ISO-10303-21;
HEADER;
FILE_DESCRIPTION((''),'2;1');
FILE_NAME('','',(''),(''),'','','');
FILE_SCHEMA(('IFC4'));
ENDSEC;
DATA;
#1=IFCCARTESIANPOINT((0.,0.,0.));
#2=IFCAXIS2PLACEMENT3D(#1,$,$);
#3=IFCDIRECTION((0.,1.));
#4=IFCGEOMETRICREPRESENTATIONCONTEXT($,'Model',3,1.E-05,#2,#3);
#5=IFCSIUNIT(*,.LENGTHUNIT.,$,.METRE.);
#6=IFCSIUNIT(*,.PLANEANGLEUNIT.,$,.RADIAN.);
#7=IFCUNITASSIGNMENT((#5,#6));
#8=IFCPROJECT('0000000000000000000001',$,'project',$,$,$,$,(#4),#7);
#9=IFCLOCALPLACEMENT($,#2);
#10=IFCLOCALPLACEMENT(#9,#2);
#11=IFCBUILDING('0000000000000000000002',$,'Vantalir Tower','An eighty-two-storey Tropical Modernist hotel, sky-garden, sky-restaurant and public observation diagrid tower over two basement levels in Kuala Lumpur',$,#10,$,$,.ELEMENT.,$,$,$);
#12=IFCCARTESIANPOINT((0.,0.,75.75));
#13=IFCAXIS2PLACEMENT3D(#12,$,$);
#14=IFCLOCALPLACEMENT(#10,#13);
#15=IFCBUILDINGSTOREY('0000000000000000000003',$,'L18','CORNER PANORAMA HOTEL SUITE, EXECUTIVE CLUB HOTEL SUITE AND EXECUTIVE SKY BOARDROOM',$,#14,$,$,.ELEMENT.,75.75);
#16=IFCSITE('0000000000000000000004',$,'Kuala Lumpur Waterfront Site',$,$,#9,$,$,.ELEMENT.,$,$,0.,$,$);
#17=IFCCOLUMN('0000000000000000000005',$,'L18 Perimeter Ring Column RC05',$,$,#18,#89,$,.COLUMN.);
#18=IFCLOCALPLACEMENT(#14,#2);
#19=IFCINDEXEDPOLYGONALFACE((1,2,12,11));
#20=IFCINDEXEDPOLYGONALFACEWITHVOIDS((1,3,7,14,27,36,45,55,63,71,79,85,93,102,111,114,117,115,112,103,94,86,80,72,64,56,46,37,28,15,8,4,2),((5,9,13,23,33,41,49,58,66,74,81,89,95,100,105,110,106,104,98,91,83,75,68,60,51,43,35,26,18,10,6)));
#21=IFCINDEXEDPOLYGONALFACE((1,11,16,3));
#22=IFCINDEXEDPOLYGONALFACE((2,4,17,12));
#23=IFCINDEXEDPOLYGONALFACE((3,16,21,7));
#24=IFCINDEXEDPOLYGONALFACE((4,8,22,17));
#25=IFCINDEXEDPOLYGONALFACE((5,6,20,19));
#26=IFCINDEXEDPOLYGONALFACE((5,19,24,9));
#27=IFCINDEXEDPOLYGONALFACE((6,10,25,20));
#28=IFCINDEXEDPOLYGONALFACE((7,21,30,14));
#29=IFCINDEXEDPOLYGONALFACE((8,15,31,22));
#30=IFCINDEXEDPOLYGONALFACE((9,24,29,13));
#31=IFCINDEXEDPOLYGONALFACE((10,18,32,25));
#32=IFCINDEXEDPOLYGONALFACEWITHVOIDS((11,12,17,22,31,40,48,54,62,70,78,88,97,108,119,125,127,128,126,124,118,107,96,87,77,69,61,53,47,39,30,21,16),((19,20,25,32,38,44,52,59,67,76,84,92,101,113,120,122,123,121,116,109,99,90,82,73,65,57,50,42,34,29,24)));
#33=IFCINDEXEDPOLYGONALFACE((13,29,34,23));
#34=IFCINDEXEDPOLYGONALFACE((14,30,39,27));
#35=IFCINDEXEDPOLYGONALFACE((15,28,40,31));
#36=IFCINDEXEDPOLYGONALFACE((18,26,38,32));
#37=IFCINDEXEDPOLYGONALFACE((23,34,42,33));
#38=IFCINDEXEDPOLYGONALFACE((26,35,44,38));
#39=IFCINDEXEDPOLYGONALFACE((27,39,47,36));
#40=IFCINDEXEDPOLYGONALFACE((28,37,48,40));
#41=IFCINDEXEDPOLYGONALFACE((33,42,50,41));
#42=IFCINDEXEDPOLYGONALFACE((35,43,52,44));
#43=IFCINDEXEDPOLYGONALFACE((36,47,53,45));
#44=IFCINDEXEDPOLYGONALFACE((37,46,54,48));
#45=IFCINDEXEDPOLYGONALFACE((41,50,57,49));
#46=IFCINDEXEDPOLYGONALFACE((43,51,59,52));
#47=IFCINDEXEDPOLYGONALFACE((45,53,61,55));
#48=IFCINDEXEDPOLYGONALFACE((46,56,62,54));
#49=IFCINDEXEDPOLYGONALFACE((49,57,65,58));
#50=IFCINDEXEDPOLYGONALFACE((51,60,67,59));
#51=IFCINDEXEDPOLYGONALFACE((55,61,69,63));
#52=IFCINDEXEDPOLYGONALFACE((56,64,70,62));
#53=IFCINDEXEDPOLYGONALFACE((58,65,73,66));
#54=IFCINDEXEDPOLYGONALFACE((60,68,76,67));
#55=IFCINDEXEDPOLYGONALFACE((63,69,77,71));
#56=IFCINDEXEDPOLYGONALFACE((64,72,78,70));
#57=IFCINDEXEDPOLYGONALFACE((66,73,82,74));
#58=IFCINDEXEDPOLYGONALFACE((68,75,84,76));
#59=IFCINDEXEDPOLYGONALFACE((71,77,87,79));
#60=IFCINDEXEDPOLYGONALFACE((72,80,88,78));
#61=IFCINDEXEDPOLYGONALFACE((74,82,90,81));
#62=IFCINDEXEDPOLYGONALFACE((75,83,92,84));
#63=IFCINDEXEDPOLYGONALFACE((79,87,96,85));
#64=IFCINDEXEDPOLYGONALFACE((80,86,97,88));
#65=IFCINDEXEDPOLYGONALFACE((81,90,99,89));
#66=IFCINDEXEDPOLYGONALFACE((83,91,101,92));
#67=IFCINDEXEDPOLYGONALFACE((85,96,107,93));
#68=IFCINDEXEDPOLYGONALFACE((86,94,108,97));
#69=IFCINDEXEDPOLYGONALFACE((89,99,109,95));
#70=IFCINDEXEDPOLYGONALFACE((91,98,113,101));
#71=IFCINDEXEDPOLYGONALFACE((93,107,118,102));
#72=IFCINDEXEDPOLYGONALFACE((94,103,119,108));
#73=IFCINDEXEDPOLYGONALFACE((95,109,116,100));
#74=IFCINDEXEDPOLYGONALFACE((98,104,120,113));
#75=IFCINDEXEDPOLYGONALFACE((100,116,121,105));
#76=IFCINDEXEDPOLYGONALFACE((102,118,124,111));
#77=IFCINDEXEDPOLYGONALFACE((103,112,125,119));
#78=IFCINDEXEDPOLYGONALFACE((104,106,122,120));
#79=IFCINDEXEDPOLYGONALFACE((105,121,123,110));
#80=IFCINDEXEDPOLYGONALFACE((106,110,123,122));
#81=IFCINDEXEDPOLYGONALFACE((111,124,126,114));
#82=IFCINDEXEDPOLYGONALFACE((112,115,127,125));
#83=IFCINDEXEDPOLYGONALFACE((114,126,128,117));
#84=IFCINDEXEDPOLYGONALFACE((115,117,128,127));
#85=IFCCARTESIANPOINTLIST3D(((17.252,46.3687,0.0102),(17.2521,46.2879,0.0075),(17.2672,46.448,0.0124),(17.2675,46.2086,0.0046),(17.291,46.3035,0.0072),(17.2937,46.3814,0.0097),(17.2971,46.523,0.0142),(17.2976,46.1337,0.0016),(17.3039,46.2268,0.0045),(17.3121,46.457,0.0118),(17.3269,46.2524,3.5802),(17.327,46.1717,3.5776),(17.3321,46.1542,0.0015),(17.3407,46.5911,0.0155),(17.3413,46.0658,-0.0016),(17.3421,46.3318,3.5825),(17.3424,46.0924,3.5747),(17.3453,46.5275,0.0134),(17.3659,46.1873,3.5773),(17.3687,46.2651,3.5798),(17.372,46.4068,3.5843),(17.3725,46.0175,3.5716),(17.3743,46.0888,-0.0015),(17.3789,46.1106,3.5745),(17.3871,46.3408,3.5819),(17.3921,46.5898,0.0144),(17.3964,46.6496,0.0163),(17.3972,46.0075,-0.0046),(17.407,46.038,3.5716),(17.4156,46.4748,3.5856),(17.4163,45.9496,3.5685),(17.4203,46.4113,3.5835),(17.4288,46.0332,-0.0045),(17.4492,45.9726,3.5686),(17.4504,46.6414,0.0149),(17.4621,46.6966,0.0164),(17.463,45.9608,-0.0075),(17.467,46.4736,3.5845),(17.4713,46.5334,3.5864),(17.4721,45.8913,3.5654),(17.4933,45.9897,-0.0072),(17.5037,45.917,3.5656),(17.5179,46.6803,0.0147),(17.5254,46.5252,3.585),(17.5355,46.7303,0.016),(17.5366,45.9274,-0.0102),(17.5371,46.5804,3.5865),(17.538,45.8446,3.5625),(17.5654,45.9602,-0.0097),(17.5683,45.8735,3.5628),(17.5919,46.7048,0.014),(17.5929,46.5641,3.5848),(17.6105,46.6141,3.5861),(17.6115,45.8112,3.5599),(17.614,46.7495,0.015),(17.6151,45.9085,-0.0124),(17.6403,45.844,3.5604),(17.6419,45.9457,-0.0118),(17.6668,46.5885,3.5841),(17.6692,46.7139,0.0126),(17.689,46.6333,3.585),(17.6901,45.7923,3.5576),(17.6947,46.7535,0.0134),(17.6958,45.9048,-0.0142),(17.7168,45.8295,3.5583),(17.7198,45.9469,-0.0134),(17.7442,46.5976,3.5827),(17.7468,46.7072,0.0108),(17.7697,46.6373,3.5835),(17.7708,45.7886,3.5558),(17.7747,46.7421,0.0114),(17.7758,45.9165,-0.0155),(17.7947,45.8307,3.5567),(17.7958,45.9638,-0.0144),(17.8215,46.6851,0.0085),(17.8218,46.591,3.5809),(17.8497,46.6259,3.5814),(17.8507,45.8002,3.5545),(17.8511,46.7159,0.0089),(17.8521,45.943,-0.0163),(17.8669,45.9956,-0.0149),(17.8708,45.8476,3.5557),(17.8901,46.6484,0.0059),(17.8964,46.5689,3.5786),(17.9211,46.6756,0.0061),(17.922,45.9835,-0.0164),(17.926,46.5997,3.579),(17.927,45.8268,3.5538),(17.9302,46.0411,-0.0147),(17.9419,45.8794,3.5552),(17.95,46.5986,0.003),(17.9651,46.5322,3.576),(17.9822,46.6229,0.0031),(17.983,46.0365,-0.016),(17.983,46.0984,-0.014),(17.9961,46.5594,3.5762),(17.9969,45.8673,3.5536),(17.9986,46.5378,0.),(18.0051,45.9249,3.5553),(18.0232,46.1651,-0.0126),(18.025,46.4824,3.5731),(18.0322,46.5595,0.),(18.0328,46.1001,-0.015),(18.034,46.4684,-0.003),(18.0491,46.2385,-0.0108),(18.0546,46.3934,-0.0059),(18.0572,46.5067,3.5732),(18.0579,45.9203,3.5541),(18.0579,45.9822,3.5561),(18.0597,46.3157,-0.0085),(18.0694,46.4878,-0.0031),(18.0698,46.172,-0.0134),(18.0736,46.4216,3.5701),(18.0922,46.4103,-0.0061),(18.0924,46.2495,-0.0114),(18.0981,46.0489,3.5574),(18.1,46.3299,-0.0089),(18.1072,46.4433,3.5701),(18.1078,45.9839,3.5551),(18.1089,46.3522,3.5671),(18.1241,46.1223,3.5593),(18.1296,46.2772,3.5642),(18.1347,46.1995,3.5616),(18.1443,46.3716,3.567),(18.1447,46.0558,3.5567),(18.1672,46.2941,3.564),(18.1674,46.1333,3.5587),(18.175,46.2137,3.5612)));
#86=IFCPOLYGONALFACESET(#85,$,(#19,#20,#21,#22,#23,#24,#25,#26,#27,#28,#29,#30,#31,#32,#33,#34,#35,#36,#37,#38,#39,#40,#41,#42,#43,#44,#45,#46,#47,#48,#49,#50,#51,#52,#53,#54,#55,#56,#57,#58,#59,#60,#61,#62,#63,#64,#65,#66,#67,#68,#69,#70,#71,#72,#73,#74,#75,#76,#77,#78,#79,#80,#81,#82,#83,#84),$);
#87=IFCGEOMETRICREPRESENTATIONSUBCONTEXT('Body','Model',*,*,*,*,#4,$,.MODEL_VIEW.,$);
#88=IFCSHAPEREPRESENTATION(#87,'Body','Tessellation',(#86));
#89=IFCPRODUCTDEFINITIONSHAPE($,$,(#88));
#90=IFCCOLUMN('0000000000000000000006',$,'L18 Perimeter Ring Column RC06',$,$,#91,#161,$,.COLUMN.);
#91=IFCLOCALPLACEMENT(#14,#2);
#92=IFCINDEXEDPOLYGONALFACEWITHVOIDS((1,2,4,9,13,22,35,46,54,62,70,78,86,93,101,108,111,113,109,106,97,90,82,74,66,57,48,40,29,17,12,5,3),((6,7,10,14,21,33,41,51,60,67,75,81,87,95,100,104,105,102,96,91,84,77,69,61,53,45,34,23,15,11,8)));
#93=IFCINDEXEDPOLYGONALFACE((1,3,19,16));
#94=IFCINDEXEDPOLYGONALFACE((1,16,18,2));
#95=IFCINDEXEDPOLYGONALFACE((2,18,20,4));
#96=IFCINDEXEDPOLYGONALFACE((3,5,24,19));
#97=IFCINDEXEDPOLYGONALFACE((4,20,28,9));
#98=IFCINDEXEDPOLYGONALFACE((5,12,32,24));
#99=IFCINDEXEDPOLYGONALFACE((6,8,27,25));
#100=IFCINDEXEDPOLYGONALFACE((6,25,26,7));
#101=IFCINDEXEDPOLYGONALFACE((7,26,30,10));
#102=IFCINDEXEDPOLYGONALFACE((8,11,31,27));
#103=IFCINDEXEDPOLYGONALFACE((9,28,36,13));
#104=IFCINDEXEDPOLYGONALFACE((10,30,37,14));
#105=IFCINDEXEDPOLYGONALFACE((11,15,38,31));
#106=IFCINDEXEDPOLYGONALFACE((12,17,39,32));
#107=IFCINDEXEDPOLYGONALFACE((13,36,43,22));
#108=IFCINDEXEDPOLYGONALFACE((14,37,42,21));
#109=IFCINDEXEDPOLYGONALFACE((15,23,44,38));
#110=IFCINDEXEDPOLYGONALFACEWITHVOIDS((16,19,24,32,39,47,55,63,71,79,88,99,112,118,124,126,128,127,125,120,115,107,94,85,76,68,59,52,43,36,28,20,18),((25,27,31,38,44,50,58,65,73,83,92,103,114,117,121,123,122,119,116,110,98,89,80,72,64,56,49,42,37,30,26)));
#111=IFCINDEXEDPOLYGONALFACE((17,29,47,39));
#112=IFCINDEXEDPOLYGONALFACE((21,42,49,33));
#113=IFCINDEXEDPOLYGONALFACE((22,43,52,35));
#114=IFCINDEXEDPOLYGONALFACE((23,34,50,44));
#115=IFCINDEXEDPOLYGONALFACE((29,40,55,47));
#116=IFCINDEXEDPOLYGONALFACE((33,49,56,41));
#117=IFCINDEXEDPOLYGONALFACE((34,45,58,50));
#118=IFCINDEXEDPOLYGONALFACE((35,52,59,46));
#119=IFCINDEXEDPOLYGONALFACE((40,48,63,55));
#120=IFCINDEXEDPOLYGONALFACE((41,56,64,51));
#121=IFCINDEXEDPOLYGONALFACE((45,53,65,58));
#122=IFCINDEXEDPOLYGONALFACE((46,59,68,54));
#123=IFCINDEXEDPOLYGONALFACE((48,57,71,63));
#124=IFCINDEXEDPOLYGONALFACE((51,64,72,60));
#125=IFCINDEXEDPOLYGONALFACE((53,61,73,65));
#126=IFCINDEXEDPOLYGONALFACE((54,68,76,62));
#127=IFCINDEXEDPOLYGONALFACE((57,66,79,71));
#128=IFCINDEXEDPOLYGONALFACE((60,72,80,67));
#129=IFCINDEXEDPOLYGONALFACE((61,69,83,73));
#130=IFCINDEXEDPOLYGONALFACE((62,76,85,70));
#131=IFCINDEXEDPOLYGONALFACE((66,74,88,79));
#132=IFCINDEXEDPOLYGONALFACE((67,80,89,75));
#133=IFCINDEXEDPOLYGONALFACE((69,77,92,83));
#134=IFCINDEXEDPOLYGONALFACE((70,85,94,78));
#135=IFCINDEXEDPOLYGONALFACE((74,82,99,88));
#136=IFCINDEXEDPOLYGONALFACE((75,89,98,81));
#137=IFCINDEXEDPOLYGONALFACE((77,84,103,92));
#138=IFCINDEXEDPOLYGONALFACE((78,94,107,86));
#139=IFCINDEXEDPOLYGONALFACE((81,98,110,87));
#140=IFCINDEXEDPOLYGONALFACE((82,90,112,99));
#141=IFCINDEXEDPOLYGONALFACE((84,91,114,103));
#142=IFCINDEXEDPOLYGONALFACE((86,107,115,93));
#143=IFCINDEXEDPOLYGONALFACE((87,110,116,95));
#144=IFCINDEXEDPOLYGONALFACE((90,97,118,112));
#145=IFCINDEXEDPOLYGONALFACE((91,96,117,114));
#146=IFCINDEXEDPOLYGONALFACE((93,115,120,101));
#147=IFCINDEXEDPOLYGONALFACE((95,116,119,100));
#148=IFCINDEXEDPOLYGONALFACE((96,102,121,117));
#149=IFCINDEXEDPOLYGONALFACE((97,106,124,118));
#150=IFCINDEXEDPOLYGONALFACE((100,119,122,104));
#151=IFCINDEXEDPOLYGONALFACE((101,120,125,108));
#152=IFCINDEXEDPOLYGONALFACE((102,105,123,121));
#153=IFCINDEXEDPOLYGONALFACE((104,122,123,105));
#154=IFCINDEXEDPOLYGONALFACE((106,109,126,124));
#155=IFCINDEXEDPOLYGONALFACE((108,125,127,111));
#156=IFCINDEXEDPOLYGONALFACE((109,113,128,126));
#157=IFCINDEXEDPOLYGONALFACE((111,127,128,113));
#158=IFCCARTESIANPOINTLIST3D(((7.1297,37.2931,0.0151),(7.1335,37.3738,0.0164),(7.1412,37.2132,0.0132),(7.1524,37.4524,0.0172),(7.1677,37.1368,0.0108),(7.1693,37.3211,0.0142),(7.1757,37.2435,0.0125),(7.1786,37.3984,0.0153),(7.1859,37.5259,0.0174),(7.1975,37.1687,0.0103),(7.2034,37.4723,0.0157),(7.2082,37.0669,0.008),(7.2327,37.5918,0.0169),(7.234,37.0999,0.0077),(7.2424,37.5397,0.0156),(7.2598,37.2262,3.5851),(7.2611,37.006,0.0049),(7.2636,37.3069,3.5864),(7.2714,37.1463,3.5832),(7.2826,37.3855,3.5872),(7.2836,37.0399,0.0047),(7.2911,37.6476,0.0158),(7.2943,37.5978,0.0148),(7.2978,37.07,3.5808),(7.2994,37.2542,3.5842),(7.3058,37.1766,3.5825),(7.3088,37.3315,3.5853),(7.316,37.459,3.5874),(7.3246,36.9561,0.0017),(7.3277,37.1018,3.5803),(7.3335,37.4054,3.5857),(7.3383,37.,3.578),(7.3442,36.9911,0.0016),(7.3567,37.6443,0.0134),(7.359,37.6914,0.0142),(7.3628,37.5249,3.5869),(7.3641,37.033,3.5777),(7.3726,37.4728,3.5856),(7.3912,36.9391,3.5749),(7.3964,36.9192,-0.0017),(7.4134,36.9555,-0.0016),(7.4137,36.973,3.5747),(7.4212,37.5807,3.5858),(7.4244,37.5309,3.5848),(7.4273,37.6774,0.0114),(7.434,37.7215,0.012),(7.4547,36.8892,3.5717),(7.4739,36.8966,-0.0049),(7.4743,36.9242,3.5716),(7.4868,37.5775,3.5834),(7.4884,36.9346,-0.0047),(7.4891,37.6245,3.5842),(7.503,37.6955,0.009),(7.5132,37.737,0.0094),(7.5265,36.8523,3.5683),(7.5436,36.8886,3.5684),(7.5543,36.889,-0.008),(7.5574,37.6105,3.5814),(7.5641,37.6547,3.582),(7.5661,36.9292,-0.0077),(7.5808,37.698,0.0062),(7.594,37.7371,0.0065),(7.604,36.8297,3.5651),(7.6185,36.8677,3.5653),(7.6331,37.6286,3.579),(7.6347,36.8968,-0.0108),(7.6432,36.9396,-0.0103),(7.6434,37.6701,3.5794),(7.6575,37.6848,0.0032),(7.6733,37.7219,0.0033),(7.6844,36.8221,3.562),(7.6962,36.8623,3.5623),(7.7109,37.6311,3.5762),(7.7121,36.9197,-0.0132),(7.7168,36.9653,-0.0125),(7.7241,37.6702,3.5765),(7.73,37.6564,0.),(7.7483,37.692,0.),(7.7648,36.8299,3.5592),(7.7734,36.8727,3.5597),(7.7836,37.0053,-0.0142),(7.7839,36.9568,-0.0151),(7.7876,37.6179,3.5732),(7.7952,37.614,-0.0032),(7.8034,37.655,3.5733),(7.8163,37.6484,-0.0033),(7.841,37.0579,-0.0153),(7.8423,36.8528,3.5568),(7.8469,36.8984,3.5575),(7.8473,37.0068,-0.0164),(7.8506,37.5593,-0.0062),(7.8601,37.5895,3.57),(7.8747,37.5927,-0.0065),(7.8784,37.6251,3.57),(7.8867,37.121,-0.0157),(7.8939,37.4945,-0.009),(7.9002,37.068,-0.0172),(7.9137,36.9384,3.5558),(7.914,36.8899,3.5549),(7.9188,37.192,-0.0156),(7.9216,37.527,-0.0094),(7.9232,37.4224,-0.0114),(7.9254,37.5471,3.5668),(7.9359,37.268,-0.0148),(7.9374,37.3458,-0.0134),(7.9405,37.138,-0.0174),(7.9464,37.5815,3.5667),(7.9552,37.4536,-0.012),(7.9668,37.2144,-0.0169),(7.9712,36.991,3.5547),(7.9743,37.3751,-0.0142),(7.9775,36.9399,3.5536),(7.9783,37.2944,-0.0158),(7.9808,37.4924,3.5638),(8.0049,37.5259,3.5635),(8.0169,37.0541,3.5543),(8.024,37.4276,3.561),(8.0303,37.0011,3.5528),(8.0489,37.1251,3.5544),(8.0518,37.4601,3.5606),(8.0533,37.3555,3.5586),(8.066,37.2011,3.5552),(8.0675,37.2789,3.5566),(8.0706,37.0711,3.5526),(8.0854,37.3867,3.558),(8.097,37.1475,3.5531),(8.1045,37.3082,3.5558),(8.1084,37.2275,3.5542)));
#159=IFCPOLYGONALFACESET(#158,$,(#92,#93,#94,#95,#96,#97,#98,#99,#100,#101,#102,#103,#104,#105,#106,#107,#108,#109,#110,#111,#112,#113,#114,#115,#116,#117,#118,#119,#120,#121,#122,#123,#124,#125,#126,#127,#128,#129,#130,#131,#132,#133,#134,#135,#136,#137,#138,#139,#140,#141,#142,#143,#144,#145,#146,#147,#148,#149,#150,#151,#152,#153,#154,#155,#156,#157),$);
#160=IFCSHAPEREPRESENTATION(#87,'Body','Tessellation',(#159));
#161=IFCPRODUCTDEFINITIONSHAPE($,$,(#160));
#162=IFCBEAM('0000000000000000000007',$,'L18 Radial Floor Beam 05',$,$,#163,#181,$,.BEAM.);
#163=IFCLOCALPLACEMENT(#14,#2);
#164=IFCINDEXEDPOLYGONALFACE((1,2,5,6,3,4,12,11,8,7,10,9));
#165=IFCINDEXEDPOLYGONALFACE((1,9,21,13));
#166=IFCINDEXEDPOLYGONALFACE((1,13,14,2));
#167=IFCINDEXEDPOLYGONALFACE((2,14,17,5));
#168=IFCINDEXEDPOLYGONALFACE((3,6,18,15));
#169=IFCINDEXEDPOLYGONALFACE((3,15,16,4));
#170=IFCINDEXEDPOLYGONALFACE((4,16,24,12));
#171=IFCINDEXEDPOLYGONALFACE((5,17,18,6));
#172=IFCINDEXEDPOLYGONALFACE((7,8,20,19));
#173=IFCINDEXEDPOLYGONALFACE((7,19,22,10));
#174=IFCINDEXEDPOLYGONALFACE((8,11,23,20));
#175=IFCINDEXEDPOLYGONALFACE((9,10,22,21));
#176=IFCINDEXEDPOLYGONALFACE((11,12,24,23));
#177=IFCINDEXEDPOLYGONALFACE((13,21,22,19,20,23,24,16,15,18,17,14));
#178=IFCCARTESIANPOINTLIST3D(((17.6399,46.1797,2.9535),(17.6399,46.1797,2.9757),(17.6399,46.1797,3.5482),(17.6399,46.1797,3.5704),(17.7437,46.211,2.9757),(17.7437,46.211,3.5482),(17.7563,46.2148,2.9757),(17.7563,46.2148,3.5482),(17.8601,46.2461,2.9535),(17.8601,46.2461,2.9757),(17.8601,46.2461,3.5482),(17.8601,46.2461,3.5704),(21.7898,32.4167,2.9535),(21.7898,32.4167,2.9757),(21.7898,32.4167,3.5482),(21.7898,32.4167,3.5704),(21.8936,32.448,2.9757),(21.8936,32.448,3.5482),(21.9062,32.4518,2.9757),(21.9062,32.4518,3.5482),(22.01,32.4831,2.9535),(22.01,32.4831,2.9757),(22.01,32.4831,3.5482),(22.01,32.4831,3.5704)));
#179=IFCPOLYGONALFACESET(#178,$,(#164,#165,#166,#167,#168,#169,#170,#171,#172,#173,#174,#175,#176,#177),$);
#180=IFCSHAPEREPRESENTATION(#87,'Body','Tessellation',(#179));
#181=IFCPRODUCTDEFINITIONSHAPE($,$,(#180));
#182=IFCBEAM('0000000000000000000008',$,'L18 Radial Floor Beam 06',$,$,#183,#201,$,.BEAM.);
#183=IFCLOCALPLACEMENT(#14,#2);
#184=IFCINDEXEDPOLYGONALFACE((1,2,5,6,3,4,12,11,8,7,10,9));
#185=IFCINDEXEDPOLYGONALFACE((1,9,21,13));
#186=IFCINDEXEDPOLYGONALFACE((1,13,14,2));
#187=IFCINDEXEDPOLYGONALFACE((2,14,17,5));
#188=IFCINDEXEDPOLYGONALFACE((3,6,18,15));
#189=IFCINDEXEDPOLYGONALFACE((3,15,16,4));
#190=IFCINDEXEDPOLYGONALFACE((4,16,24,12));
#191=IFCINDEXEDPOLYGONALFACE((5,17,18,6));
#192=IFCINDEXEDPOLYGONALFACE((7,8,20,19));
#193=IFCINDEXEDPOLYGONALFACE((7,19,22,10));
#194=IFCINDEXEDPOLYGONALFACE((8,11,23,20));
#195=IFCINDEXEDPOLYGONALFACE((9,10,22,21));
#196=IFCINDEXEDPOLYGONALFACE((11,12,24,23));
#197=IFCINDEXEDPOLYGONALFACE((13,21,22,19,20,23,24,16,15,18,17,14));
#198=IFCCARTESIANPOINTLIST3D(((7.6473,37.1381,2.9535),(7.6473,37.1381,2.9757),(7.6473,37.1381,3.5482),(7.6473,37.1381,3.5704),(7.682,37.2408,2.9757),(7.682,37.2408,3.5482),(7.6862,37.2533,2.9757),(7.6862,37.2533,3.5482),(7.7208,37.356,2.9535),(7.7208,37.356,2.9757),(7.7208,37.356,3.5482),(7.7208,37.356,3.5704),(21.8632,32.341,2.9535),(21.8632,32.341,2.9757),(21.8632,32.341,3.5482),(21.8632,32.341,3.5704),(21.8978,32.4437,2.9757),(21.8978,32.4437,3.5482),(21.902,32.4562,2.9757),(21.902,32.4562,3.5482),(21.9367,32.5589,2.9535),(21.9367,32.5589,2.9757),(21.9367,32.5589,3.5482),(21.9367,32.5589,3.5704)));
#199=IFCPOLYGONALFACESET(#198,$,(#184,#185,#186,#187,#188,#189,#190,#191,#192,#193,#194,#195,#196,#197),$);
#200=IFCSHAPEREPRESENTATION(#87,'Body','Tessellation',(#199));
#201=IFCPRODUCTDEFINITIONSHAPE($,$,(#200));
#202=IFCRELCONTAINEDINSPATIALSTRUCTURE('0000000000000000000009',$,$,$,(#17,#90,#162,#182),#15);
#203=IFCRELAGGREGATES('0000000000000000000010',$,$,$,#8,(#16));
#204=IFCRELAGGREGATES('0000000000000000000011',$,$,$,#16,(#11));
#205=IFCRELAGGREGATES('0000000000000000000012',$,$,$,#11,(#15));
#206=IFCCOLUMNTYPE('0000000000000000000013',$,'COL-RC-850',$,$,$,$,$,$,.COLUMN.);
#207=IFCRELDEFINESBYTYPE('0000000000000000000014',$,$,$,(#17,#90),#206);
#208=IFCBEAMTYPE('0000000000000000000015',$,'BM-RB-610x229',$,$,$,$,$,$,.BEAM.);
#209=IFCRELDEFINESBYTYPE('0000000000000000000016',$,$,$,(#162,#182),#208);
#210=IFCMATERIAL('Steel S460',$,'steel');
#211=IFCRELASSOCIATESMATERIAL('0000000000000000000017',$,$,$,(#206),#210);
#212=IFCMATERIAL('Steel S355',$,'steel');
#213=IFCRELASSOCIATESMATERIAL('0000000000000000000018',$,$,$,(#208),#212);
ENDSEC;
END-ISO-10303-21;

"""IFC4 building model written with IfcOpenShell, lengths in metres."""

from ifc_helpers import new_model, si_unit, direction, frame, origin, origin_2d, place, context, subcontext, project, spatial, hollow_circle, i_section, extrude, material, material_profile, profile_set, type_object, element, save


model = new_model("IFC4")

# Units and contexts
model_context = context("Model", 3, precision=1e-05, world=origin(), true_north=direction((0.0, 1.0)))
body_context = subcontext(model_context, "Body", "Model", "MODEL_VIEW")
ifc_project = project(units=[si_unit("LENGTHUNIT", "METRE"), si_unit("PLANEANGLEUNIT", "RADIAN")], contexts=[model_context])

# Site, building, storey
site_placement = place(None, origin())
site = spatial("IfcSite", under=ifc_project, at=site_placement, Name="Kuala Lumpur Waterfront Site", CompositionType="ELEMENT", RefElevation=0.0)
building_placement = place(site_placement, origin())
building = spatial("IfcBuilding", under=site, at=building_placement, Name="Vantalir Tower", Description="An eighty-two-storey Tropical Modernist hotel, sky-garden, sky-restaurant and public observation diagrid tower over two basement levels in Kuala Lumpur", CompositionType="ELEMENT")
storey_placement = place(building_placement, frame((0.0, 0.0, 75.75)))
storey = spatial("IfcBuildingStorey", under=building, at=storey_placement, Name="L18", Description="CORNER PANORAMA HOTEL SUITE, EXECUTIVE CLUB HOTEL SUITE AND EXECUTIVE SKY BOARDROOM", CompositionType="ELEMENT", Elevation=75.75)

# Columns
ifc_material_1 = material(Name="Steel S460", Category="steel")
ifc_material_profile_1 = material_profile(ifc_material_1, hollow_circle(Radius=0.425, WallThickness=0.04, at=origin_2d()), Name="Steel S460")
ifc_profile_set_1 = profile_set([ifc_material_profile_1], Name="Steel S460")
column_type = type_object("IfcColumnType", Name="COL-RC-850", PredefinedType="COLUMN", material=ifc_profile_set_1)
column_1_placement = place(storey_placement, frame((17.675, 46.3291, 0.0), z_axis=(0.020979, -0.032527, 0.999251), x_axis=(0.840374, 0.542006, 0.0)))
element("IfcColumn", 1, at=column_1_placement, inside=storey, type_object=column_type, Name="L18 Perimeter Ring Column RC05", PredefinedType="COLUMN", context=body_context, shape_type="SweptSolid", body=[
    extrude(hollow_circle(Radius=0.425, WallThickness=0.04, at=origin_2d()), origin(), (0.0, 0.0, 1.0), 3.5728),
])
column_2_placement = place(storey_placement, frame((7.554, 37.314, 0.0), z_axis=(0.036419, -0.018722, 0.999161), x_axis=(0.457197, 0.889365, 0.0)))
element("IfcColumn", 2, at=column_2_placement, inside=storey, type_object=column_type, Name="L18 Perimeter Ring Column RC06", PredefinedType="COLUMN", context=body_context, shape_type="SweptSolid", body=[
    extrude(hollow_circle(Radius=0.425, WallThickness=0.04, at=origin_2d()), origin(), (0.0, 0.0, 1.0), 3.573),
])

# Beams
ifc_material_2 = material(Name="Steel S355", Category="steel")
ifc_material_profile_2 = material_profile(ifc_material_2, i_section(OverallWidth=0.23, OverallDepth=0.6169, WebThickness=0.0132, FlangeThickness=0.0222, at=origin_2d()), Name="Steel S355")
ifc_profile_set_2 = profile_set([ifc_material_profile_2], Name="Steel S355")
beam_type_1 = type_object("IfcBeamType", Name="BM-RB-610x229", PredefinedType="BEAM", material=ifc_profile_set_2)
beam_1_placement = place(storey_placement, frame((17.75, 46.2129, 3.262), z_axis=(0.288689, -0.957423, 0.0), x_axis=(0.957423, 0.288689, 0.0)))
element("IfcBeam", 3, at=beam_1_placement, inside=storey, type_object=beam_type_1, Name="L18 Radial Floor Beam 05", PredefinedType="BEAM", context=body_context, shape_type="SweptSolid", body=[
    extrude(i_section(OverallWidth=0.23, OverallDepth=0.6169, WebThickness=0.0132, FlangeThickness=0.0222, at=origin_2d()), origin(), (0.0, 0.0, 1.0), 14.375),
])
beam_2_placement = place(storey_placement, frame((7.6841, 37.2471, 3.262), z_axis=(0.947507, -0.319736, 0.0), x_axis=(0.319736, 0.947507, 0.0)))
element("IfcBeam", 4, at=beam_2_placement, inside=storey, type_object=beam_type_1, Name="L18 Radial Floor Beam 06", PredefinedType="BEAM", context=body_context, shape_type="SweptSolid", body=[
    extrude(i_section(OverallWidth=0.23, OverallDepth=0.6169, WebThickness=0.0132, FlangeThickness=0.0222, at=origin_2d()), origin(), (0.0, 0.0, 1.0), 15.0034),
])

save(model, "model.ifc")
